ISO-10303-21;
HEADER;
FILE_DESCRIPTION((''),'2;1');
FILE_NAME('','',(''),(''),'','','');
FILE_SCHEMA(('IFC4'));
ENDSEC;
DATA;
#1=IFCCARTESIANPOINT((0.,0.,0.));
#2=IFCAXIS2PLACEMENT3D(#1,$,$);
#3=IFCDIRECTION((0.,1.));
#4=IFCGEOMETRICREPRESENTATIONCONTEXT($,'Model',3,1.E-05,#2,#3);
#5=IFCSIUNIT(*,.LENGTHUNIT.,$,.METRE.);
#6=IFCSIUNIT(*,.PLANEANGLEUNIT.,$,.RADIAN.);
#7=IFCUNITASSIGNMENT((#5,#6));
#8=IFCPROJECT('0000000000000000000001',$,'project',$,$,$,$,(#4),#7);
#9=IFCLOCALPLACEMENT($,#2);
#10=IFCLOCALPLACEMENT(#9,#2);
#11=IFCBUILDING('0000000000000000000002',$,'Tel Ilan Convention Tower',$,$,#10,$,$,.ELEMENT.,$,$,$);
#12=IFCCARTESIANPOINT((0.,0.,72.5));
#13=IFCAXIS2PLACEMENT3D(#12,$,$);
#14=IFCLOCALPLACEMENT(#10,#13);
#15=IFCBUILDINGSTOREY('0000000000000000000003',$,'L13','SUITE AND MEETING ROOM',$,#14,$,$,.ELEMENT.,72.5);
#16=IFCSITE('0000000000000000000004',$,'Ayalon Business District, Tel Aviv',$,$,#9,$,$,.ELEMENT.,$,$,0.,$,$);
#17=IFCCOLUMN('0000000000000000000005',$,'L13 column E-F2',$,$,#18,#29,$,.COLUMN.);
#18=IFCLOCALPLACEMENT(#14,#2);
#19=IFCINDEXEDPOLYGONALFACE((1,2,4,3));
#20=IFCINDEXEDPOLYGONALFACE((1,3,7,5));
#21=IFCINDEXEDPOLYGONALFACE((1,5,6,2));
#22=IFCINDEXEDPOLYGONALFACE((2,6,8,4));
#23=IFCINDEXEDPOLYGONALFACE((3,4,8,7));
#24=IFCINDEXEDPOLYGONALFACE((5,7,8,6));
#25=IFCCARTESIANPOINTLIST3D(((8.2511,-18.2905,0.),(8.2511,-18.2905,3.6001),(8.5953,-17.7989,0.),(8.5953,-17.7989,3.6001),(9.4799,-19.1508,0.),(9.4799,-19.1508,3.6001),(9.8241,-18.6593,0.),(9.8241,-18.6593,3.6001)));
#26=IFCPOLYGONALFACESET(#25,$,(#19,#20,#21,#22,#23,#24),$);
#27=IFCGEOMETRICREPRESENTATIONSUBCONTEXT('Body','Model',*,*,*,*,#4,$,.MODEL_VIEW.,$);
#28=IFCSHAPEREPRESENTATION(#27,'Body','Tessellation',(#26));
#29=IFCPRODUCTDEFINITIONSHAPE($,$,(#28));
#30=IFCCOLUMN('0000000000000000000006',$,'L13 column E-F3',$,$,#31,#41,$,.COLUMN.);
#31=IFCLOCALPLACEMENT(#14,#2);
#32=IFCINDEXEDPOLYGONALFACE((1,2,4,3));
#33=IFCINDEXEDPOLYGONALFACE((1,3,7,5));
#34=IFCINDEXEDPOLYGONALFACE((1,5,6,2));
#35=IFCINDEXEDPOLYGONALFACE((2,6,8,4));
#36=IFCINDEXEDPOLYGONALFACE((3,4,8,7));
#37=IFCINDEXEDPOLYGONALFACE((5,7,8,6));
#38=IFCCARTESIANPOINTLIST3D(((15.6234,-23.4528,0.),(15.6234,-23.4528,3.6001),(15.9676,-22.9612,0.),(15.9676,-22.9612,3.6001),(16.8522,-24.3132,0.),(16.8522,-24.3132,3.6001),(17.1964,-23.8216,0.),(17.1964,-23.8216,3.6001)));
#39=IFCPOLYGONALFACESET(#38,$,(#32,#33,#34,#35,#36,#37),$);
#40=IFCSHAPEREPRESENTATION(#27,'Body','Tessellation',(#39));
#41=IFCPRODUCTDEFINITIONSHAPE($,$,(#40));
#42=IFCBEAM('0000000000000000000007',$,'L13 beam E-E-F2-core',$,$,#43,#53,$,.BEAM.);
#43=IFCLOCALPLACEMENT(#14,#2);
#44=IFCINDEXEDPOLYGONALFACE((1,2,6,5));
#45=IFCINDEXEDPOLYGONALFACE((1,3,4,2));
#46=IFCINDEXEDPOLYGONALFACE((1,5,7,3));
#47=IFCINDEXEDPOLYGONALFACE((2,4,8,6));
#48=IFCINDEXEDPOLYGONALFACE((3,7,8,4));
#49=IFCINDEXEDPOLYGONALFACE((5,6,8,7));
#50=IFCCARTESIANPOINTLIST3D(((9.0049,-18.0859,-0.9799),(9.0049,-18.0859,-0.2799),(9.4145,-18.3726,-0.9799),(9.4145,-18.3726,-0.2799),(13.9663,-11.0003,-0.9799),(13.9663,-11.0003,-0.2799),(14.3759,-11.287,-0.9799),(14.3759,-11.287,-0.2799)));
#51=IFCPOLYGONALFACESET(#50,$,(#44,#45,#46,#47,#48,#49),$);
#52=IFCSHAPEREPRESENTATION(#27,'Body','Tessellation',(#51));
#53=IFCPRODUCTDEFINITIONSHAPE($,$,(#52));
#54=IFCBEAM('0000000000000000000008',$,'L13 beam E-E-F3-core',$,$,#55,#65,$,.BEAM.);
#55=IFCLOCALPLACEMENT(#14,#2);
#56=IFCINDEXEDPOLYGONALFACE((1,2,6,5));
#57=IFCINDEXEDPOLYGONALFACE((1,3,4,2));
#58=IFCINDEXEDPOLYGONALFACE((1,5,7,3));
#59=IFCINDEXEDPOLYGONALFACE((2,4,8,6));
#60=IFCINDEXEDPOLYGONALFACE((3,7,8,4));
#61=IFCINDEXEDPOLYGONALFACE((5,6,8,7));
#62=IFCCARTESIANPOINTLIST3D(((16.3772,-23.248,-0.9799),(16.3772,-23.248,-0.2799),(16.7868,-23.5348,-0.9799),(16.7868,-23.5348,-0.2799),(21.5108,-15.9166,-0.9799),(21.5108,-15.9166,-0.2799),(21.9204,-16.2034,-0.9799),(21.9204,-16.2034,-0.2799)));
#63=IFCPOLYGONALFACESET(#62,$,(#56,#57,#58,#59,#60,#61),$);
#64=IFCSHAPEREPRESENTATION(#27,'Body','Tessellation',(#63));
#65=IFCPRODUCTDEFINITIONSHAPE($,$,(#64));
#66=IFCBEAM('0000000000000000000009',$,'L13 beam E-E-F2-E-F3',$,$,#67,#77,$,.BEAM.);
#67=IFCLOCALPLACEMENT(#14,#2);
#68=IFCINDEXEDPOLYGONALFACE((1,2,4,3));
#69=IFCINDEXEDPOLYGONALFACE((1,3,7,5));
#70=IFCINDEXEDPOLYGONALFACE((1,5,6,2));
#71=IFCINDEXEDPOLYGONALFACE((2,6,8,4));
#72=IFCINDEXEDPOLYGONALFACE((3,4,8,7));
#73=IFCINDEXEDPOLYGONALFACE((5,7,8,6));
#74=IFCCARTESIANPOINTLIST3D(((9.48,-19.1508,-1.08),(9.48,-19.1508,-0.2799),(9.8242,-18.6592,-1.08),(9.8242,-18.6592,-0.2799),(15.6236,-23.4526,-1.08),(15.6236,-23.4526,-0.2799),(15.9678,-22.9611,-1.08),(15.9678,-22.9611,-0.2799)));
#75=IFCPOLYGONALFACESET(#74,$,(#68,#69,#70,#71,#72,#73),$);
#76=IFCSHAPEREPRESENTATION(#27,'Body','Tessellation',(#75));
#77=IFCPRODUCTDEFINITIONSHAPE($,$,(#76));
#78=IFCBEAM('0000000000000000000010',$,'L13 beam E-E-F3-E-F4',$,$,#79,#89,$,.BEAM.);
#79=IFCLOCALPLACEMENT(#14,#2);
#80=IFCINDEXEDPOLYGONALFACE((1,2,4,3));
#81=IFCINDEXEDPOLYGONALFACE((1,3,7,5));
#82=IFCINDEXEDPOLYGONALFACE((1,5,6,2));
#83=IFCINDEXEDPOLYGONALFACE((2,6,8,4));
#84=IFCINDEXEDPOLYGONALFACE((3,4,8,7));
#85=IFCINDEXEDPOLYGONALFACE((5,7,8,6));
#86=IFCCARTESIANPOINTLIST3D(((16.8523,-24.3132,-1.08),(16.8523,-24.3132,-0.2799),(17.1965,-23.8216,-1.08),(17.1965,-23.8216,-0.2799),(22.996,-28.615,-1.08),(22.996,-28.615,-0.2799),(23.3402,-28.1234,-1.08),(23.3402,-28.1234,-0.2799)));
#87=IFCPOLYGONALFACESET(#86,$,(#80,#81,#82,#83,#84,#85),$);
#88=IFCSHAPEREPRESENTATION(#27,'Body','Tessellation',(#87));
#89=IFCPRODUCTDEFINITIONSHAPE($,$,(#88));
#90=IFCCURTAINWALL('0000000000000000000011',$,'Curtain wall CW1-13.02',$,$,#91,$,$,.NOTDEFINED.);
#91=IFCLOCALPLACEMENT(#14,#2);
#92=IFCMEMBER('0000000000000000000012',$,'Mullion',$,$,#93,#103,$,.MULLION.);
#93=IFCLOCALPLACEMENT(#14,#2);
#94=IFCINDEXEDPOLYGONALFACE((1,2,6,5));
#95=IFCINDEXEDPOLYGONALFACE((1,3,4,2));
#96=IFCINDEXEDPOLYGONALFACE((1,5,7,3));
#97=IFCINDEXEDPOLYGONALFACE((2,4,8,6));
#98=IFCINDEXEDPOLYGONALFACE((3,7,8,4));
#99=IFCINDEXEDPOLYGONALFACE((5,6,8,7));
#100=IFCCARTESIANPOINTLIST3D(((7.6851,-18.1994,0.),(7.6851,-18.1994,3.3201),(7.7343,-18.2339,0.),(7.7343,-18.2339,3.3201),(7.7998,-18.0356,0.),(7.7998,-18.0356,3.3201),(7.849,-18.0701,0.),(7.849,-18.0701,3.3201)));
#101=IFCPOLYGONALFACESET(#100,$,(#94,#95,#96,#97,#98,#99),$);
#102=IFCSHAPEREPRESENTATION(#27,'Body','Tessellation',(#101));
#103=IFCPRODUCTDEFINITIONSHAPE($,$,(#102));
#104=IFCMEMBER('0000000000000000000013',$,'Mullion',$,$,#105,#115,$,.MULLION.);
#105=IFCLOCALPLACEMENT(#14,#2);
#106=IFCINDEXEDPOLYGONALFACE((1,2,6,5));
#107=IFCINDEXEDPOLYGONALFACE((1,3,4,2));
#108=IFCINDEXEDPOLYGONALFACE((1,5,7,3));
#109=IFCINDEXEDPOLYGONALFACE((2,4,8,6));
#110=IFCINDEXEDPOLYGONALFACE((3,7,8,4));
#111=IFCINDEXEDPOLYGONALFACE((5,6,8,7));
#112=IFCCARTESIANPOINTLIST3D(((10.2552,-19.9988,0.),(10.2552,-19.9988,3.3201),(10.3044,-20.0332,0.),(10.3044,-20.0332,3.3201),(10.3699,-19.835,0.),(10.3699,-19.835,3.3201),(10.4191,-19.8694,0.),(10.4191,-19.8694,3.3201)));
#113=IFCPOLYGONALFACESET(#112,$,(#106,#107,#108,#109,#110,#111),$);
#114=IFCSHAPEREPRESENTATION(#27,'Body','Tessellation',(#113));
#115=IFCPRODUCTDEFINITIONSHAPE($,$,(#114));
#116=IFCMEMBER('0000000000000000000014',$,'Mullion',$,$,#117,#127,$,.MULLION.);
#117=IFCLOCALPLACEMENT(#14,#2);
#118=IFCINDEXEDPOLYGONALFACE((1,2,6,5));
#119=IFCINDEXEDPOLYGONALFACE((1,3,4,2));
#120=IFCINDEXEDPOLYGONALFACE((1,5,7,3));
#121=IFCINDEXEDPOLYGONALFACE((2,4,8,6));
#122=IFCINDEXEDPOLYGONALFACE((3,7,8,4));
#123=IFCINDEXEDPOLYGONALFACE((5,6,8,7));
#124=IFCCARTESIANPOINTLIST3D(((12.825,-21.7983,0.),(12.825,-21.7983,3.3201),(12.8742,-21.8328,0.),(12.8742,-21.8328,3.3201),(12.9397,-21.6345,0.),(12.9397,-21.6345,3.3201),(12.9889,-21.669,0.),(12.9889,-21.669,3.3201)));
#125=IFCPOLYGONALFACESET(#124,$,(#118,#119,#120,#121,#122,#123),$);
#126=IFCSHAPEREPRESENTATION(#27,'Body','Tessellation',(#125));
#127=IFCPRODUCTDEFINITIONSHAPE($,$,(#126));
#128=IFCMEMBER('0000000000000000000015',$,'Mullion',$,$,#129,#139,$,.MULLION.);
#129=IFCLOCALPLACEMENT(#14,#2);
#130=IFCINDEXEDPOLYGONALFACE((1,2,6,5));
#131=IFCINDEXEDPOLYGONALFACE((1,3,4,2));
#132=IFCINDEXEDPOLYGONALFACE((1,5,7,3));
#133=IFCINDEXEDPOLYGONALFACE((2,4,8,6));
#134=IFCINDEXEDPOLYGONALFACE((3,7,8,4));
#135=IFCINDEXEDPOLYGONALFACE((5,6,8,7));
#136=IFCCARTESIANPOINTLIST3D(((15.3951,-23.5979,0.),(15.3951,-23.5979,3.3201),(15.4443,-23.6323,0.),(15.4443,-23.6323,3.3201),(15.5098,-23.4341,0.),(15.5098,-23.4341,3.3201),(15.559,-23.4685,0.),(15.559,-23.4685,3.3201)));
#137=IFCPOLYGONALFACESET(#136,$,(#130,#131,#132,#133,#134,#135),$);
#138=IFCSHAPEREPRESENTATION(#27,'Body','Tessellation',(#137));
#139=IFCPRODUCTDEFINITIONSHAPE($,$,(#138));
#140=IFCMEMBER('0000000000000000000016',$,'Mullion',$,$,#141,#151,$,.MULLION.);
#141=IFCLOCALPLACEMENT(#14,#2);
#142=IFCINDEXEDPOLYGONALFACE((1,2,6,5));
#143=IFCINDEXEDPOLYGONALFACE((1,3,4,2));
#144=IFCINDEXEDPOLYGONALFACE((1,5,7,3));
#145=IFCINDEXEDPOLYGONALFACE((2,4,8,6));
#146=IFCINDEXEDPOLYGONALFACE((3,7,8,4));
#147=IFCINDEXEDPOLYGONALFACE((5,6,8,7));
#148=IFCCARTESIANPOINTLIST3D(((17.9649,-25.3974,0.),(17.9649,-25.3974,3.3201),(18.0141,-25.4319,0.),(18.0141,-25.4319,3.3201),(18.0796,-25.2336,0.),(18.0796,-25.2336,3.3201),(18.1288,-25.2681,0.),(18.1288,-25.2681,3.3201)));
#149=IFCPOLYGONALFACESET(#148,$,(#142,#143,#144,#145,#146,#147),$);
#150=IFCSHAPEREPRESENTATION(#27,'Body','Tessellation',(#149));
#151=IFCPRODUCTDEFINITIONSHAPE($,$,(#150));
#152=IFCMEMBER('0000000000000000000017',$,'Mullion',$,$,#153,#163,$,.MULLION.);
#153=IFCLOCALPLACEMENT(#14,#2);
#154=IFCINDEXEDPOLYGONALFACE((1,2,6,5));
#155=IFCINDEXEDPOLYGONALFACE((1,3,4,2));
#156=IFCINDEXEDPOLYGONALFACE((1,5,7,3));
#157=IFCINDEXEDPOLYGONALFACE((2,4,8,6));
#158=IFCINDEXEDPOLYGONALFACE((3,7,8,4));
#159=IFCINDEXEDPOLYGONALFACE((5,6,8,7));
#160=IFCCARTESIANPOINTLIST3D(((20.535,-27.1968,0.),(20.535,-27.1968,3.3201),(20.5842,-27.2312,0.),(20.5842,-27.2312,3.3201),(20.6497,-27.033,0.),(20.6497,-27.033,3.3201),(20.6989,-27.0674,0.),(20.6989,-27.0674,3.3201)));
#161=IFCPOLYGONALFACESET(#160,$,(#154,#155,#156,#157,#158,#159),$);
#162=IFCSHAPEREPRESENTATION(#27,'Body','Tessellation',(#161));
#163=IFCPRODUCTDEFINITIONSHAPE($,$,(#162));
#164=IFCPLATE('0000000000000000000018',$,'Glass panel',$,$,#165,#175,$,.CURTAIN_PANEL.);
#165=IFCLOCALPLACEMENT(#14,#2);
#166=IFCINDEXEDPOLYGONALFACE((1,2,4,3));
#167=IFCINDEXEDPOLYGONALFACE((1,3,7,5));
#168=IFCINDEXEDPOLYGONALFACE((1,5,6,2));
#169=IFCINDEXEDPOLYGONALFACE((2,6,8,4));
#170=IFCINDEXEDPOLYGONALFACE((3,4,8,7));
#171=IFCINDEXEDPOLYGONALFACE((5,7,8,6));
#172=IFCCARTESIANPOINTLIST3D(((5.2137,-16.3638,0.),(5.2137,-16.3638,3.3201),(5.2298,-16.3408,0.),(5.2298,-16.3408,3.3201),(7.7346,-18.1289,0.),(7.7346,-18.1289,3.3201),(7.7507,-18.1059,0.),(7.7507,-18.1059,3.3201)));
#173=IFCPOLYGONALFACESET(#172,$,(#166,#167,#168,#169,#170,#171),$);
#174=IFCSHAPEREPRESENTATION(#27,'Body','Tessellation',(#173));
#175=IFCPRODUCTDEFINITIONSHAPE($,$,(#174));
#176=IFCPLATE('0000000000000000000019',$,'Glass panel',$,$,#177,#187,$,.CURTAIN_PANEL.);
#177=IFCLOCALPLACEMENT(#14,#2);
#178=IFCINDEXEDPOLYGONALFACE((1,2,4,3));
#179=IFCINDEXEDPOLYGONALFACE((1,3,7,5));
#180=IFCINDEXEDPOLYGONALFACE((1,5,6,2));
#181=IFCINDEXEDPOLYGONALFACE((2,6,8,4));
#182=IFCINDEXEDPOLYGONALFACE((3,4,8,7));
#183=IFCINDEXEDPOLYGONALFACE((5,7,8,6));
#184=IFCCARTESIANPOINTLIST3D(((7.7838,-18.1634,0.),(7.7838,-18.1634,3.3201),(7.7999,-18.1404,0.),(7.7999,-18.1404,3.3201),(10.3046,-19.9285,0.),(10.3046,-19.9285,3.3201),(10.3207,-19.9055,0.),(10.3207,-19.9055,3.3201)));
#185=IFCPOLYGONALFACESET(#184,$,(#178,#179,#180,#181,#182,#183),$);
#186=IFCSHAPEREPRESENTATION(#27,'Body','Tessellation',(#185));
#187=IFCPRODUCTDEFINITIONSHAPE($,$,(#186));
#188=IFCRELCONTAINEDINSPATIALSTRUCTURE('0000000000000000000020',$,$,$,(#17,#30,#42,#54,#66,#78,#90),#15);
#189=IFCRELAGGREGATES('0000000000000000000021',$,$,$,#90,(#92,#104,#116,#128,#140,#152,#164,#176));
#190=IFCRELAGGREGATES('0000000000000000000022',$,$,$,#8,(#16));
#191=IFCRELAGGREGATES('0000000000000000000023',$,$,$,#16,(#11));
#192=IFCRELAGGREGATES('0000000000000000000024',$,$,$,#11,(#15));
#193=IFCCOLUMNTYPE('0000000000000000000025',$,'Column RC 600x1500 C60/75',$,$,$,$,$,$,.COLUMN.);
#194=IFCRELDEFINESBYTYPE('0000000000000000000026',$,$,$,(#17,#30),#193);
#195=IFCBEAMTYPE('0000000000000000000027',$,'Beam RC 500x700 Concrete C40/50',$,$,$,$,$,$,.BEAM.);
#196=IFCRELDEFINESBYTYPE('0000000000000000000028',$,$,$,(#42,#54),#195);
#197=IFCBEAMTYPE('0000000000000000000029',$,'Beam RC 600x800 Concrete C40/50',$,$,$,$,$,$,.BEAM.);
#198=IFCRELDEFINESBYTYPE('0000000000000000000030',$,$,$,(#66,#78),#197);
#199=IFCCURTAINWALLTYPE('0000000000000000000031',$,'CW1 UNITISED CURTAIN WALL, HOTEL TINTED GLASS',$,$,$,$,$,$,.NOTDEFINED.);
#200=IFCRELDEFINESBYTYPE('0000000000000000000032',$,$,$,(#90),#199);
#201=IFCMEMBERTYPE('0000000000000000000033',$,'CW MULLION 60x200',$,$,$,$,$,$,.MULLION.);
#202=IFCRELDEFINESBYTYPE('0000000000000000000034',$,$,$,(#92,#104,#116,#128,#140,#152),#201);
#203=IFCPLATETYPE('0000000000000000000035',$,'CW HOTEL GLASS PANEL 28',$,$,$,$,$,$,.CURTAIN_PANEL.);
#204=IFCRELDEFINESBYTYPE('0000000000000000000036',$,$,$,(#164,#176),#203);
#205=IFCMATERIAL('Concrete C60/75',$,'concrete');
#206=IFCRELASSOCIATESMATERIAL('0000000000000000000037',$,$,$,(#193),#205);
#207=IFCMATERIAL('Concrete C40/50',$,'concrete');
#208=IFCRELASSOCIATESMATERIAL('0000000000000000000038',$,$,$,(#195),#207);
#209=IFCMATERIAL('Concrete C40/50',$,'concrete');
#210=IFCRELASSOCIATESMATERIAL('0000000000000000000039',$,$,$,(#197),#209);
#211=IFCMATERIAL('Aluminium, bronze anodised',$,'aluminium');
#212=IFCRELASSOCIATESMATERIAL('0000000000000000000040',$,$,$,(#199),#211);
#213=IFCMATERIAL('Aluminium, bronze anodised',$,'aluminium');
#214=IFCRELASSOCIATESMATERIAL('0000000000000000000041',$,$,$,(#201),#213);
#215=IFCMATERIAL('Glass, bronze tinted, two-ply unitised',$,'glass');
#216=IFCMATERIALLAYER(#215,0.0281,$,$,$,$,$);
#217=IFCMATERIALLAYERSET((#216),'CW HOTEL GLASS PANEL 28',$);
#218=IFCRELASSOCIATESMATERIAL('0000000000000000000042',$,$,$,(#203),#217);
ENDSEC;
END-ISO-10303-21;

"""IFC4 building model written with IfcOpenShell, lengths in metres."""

from ifc_helpers import new_model, si_unit, direction, frame, origin, origin_2d, place, context, subcontext, project, spatial, rectangle, extrude, material, layer, layer_set, material_profile, profile_set, type_object, element, aggregate, save


model = new_model("IFC4")

# Units and contexts
model_context = context("Model", 3, precision=1e-05, world=origin(), true_north=direction((0.0, 1.0)))
body_context = subcontext(model_context, "Body", "Model", "MODEL_VIEW")
ifc_project = project(units=[si_unit("LENGTHUNIT", "METRE"), si_unit("PLANEANGLEUNIT", "RADIAN")], contexts=[model_context])

# Site, building, storey
site_placement = place(None, origin())
site = spatial("IfcSite", under=ifc_project, at=site_placement, Name="Ayalon Business District, Tel Aviv", CompositionType="ELEMENT", RefElevation=0.0)
building_placement = place(site_placement, origin())
building = spatial("IfcBuilding", under=site, at=building_placement, Name="Tel Ilan Convention Tower", CompositionType="ELEMENT")
storey_placement = place(building_placement, frame((0.0, 0.0, 72.5)))
storey = spatial("IfcBuildingStorey", under=building, at=storey_placement, Name="L13", Description="SUITE AND MEETING ROOM", CompositionType="ELEMENT", Elevation=72.5)

# Columns
ifc_material_1 = material(Name="Concrete C60/75", Category="concrete")
ifc_material_profile_1 = material_profile(ifc_material_1, rectangle(XDim=1.5, YDim=0.6001, at=origin_2d()), Name="RC 600x1500")
ifc_profile_set_1 = profile_set([ifc_material_profile_1], Name="Concrete C60/75")
column_type = type_object("IfcColumnType", Name="Column RC 600x1500 C60/75", PredefinedType="COLUMN", material=ifc_profile_set_1)
for number, where, z_axis, x_axis, name in (
    (1, (9.0376, -18.4749, 0.0), (0.0, 0.0, 1.0), (0.819152, -0.573576, 0.0), "L13 column E-F2"),
    (2, (16.4099, -23.6372, 0.0), (0.0, 0.0, 1.0), (0.819152, -0.573576, 0.0), "L13 column E-F3"),
):
    element("IfcColumn", number, at=place(storey_placement, frame(where, z_axis=z_axis, x_axis=x_axis)), inside=storey, type_object=column_type, Name=name, PredefinedType="COLUMN", context=body_context, shape_type="SweptSolid", body=[
        extrude(rectangle(XDim=1.5, YDim=0.6001, at=origin_2d()), origin(), (0.0, 0.0, 1.0), 3.6001),
    ])

# Beams
ifc_material_2 = material(Name="Concrete C40/50", Category="concrete")
ifc_material_profile_2 = material_profile(ifc_material_2, rectangle(XDim=0.5, YDim=0.7, at=origin_2d()), Name="RC 500x700")
ifc_profile_set_2 = profile_set([ifc_material_profile_2], Name="Concrete C40/50")
beam_type_1 = type_object("IfcBeamType", Name="Beam RC 500x700 Concrete C40/50", PredefinedType="BEAM", material=ifc_profile_set_2)
beam_1_placement = place(storey_placement, frame((9.2097, -18.2292, -0.6299), z_axis=(0.573574, 0.819154, 0.0), x_axis=(-0.819154, 0.573574, 0.0)))
element("IfcBeam", 3, at=beam_1_placement, inside=storey, type_object=beam_type_1, Name="L13 beam E-E-F2-core", PredefinedType="BEAM", context=body_context, shape_type="SweptSolid", body=[
    extrude(rectangle(XDim=0.5, YDim=0.7, at=origin_2d()), origin(), (0.0, 0.0, 1.0), 8.6499),
])
beam_2_placement = place(storey_placement, frame((16.582, -23.3914, -0.6299), z_axis=(0.573585, 0.819146, 0.0), x_axis=(-0.819146, 0.573585, 0.0)))
element("IfcBeam", 4, at=beam_2_placement, inside=storey, type_object=beam_type_1, Name="L13 beam E-E-F3-core", PredefinedType="BEAM", context=body_context, shape_type="SweptSolid", body=[
    extrude(rectangle(XDim=0.5, YDim=0.7, at=origin_2d()), origin(), (0.0, 0.0, 1.0), 8.95),
])
ifc_material_3 = material(Name="Concrete C40/50", Category="concrete")
ifc_material_profile_3 = material_profile(ifc_material_3, rectangle(XDim=0.6001, YDim=0.8, at=origin_2d()), Name="RC 600x800")
ifc_profile_set_3 = profile_set([ifc_material_profile_3], Name="Concrete C40/50")
beam_type_2 = type_object("IfcBeamType", Name="Beam RC 600x800 Concrete C40/50", PredefinedType="BEAM", material=ifc_profile_set_3)
for number, where, z_axis, x_axis, name in (
    (5, (9.6521, -18.905, -0.6799), (0.819152, -0.573576, 0.0), (0.573576, 0.819152, 0.0), "L13 beam E-E-F2-E-F3"),
    (6, (17.0244, -24.0674, -0.6799), (0.819152, -0.573576, 0.0), (0.573576, 0.819152, 0.0), "L13 beam E-E-F3-E-F4"),
):
    element("IfcBeam", number, at=place(storey_placement, frame(where, z_axis=z_axis, x_axis=x_axis)), inside=storey, type_object=beam_type_2, Name=name, PredefinedType="BEAM", context=body_context, shape_type="SweptSolid", body=[
        extrude(rectangle(XDim=0.6001, YDim=0.8, at=origin_2d()), origin(), (0.0, 0.0, 1.0), 7.5),
    ])

# Curtain wall, members, plates
ifc_material_4 = material(Name="Aluminium, bronze anodised", Category="aluminium")
curtain_wall_type = type_object("IfcCurtainWallType", Name="CW1 UNITISED CURTAIN WALL, HOTEL TINTED GLASS", PredefinedType="NOTDEFINED", material=ifc_material_4)
curtain_wall_placement = place(storey_placement, origin())
curtain_wall = element("IfcCurtainWall", 7, at=curtain_wall_placement, inside=storey, type_object=curtain_wall_type, Name="Curtain wall CW1-13.02", PredefinedType="NOTDEFINED")
ifc_material_5 = material(Name="Aluminium, bronze anodised", Category="aluminium")
ifc_material_profile_4 = material_profile(ifc_material_5, rectangle(XDim=0.0601, YDim=0.2, at=origin_2d()), Name="CW MULLION 60x200")
ifc_profile_set_4 = profile_set([ifc_material_profile_4], Name="Aluminium, bronze anodised")
member_type = type_object("IfcMemberType", Name="CW MULLION 60x200", PredefinedType="MULLION", material=ifc_profile_set_4)
member_1_placement = place(storey_placement, frame((7.7671, -18.1348, 0.0), z_axis=(0.0, 0.0, 1.0), x_axis=(0.819152, -0.573576, 0.0)))
member_1 = element("IfcMember", 8, at=member_1_placement, type_object=member_type, Name="Mullion", PredefinedType="MULLION", context=body_context, shape_type="SweptSolid", body=[
    extrude(rectangle(XDim=0.0601, YDim=0.2, at=origin_2d()), origin(), (0.0, 0.0, 1.0), 3.3201),
])
member_2_placement = place(storey_placement, frame((10.3372, -19.9341, 0.0), z_axis=(0.0, 0.0, 1.0), x_axis=(0.819152, -0.573576, 0.0)))
member_2 = element("IfcMember", 9, at=member_2_placement, type_object=member_type, Name="Mullion", PredefinedType="MULLION", context=body_context, shape_type="SweptSolid", body=[
    extrude(rectangle(XDim=0.0601, YDim=0.2, at=origin_2d()), origin(), (0.0, 0.0, 1.0), 3.3201),
])
member_3_placement = place(storey_placement, frame((12.907, -21.7336, 0.0), z_axis=(0.0, 0.0, 1.0), x_axis=(0.819152, -0.573576, 0.0)))
member_3 = element("IfcMember", 10, at=member_3_placement, type_object=member_type, Name="Mullion", PredefinedType="MULLION", context=body_context, shape_type="SweptSolid", body=[
    extrude(rectangle(XDim=0.0601, YDim=0.2, at=origin_2d()), origin(), (0.0, 0.0, 1.0), 3.3201),
])
member_4_placement = place(storey_placement, frame((15.4771, -23.5332, 0.0), z_axis=(0.0, 0.0, 1.0), x_axis=(0.819152, -0.573576, 0.0)))
member_4 = element("IfcMember", 11, at=member_4_placement, type_object=member_type, Name="Mullion", PredefinedType="MULLION", context=body_context, shape_type="SweptSolid", body=[
    extrude(rectangle(XDim=0.0601, YDim=0.2, at=origin_2d()), origin(), (0.0, 0.0, 1.0), 3.3201),
])
member_5_placement = place(storey_placement, frame((18.0469, -25.3328, 0.0), z_axis=(0.0, 0.0, 1.0), x_axis=(0.819152, -0.573576, 0.0)))
member_5 = element("IfcMember", 12, at=member_5_placement, type_object=member_type, Name="Mullion", PredefinedType="MULLION", context=body_context, shape_type="SweptSolid", body=[
    extrude(rectangle(XDim=0.0601, YDim=0.2, at=origin_2d()), origin(), (0.0, 0.0, 1.0), 3.3201),
])
member_6_placement = place(storey_placement, frame((20.6169, -27.1321, 0.0), z_axis=(0.0, 0.0, 1.0), x_axis=(0.819152, -0.573576, 0.0)))
member_6 = element("IfcMember", 13, at=member_6_placement, type_object=member_type, Name="Mullion", PredefinedType="MULLION", context=body_context, shape_type="SweptSolid", body=[
    extrude(rectangle(XDim=0.0601, YDim=0.2, at=origin_2d()), origin(), (0.0, 0.0, 1.0), 3.3201),
])
ifc_material_6 = material(Name="Glass, bronze tinted, two-ply unitised", Category="glass")
ifc_layer_1 = layer(ifc_material_6, 0.0281)
ifc_layer_set_1 = layer_set([ifc_layer_1], Name="CW HOTEL GLASS PANEL 28")
plate_type = type_object("IfcPlateType", Name="CW HOTEL GLASS PANEL 28", PredefinedType="CURTAIN_PANEL", material=ifc_layer_set_1)
plate_1_placement = place(storey_placement, frame((6.4822, -17.2349, 0.0), z_axis=(0.0, 0.0, 1.0), x_axis=(0.819152, -0.573576, 0.0)))
plate_1 = element("IfcPlate", 14, at=plate_1_placement, type_object=plate_type, Name="Glass panel", PredefinedType="CURTAIN_PANEL", context=body_context, shape_type="SweptSolid", body=[
    extrude(rectangle(XDim=3.0774, YDim=0.0281, at=origin_2d()), origin(), (0.0, 0.0, 1.0), 3.3201),
])
plate_2_placement = place(storey_placement, frame((9.0522, -19.0344, 0.0), z_axis=(0.0, 0.0, 1.0), x_axis=(0.819152, -0.573576, 0.0)))
plate_2 = element("IfcPlate", 15, at=plate_2_placement, type_object=plate_type, Name="Glass panel", PredefinedType="CURTAIN_PANEL", context=body_context, shape_type="SweptSolid", body=[
    extrude(rectangle(XDim=3.0774, YDim=0.0281, at=origin_2d()), origin(), (0.0, 0.0, 1.0), 3.3201),
])
aggregate(curtain_wall, [member_1, member_2, member_3, member_4, member_5, member_6, plate_1, plate_2])

save(model, "model.ifc")
